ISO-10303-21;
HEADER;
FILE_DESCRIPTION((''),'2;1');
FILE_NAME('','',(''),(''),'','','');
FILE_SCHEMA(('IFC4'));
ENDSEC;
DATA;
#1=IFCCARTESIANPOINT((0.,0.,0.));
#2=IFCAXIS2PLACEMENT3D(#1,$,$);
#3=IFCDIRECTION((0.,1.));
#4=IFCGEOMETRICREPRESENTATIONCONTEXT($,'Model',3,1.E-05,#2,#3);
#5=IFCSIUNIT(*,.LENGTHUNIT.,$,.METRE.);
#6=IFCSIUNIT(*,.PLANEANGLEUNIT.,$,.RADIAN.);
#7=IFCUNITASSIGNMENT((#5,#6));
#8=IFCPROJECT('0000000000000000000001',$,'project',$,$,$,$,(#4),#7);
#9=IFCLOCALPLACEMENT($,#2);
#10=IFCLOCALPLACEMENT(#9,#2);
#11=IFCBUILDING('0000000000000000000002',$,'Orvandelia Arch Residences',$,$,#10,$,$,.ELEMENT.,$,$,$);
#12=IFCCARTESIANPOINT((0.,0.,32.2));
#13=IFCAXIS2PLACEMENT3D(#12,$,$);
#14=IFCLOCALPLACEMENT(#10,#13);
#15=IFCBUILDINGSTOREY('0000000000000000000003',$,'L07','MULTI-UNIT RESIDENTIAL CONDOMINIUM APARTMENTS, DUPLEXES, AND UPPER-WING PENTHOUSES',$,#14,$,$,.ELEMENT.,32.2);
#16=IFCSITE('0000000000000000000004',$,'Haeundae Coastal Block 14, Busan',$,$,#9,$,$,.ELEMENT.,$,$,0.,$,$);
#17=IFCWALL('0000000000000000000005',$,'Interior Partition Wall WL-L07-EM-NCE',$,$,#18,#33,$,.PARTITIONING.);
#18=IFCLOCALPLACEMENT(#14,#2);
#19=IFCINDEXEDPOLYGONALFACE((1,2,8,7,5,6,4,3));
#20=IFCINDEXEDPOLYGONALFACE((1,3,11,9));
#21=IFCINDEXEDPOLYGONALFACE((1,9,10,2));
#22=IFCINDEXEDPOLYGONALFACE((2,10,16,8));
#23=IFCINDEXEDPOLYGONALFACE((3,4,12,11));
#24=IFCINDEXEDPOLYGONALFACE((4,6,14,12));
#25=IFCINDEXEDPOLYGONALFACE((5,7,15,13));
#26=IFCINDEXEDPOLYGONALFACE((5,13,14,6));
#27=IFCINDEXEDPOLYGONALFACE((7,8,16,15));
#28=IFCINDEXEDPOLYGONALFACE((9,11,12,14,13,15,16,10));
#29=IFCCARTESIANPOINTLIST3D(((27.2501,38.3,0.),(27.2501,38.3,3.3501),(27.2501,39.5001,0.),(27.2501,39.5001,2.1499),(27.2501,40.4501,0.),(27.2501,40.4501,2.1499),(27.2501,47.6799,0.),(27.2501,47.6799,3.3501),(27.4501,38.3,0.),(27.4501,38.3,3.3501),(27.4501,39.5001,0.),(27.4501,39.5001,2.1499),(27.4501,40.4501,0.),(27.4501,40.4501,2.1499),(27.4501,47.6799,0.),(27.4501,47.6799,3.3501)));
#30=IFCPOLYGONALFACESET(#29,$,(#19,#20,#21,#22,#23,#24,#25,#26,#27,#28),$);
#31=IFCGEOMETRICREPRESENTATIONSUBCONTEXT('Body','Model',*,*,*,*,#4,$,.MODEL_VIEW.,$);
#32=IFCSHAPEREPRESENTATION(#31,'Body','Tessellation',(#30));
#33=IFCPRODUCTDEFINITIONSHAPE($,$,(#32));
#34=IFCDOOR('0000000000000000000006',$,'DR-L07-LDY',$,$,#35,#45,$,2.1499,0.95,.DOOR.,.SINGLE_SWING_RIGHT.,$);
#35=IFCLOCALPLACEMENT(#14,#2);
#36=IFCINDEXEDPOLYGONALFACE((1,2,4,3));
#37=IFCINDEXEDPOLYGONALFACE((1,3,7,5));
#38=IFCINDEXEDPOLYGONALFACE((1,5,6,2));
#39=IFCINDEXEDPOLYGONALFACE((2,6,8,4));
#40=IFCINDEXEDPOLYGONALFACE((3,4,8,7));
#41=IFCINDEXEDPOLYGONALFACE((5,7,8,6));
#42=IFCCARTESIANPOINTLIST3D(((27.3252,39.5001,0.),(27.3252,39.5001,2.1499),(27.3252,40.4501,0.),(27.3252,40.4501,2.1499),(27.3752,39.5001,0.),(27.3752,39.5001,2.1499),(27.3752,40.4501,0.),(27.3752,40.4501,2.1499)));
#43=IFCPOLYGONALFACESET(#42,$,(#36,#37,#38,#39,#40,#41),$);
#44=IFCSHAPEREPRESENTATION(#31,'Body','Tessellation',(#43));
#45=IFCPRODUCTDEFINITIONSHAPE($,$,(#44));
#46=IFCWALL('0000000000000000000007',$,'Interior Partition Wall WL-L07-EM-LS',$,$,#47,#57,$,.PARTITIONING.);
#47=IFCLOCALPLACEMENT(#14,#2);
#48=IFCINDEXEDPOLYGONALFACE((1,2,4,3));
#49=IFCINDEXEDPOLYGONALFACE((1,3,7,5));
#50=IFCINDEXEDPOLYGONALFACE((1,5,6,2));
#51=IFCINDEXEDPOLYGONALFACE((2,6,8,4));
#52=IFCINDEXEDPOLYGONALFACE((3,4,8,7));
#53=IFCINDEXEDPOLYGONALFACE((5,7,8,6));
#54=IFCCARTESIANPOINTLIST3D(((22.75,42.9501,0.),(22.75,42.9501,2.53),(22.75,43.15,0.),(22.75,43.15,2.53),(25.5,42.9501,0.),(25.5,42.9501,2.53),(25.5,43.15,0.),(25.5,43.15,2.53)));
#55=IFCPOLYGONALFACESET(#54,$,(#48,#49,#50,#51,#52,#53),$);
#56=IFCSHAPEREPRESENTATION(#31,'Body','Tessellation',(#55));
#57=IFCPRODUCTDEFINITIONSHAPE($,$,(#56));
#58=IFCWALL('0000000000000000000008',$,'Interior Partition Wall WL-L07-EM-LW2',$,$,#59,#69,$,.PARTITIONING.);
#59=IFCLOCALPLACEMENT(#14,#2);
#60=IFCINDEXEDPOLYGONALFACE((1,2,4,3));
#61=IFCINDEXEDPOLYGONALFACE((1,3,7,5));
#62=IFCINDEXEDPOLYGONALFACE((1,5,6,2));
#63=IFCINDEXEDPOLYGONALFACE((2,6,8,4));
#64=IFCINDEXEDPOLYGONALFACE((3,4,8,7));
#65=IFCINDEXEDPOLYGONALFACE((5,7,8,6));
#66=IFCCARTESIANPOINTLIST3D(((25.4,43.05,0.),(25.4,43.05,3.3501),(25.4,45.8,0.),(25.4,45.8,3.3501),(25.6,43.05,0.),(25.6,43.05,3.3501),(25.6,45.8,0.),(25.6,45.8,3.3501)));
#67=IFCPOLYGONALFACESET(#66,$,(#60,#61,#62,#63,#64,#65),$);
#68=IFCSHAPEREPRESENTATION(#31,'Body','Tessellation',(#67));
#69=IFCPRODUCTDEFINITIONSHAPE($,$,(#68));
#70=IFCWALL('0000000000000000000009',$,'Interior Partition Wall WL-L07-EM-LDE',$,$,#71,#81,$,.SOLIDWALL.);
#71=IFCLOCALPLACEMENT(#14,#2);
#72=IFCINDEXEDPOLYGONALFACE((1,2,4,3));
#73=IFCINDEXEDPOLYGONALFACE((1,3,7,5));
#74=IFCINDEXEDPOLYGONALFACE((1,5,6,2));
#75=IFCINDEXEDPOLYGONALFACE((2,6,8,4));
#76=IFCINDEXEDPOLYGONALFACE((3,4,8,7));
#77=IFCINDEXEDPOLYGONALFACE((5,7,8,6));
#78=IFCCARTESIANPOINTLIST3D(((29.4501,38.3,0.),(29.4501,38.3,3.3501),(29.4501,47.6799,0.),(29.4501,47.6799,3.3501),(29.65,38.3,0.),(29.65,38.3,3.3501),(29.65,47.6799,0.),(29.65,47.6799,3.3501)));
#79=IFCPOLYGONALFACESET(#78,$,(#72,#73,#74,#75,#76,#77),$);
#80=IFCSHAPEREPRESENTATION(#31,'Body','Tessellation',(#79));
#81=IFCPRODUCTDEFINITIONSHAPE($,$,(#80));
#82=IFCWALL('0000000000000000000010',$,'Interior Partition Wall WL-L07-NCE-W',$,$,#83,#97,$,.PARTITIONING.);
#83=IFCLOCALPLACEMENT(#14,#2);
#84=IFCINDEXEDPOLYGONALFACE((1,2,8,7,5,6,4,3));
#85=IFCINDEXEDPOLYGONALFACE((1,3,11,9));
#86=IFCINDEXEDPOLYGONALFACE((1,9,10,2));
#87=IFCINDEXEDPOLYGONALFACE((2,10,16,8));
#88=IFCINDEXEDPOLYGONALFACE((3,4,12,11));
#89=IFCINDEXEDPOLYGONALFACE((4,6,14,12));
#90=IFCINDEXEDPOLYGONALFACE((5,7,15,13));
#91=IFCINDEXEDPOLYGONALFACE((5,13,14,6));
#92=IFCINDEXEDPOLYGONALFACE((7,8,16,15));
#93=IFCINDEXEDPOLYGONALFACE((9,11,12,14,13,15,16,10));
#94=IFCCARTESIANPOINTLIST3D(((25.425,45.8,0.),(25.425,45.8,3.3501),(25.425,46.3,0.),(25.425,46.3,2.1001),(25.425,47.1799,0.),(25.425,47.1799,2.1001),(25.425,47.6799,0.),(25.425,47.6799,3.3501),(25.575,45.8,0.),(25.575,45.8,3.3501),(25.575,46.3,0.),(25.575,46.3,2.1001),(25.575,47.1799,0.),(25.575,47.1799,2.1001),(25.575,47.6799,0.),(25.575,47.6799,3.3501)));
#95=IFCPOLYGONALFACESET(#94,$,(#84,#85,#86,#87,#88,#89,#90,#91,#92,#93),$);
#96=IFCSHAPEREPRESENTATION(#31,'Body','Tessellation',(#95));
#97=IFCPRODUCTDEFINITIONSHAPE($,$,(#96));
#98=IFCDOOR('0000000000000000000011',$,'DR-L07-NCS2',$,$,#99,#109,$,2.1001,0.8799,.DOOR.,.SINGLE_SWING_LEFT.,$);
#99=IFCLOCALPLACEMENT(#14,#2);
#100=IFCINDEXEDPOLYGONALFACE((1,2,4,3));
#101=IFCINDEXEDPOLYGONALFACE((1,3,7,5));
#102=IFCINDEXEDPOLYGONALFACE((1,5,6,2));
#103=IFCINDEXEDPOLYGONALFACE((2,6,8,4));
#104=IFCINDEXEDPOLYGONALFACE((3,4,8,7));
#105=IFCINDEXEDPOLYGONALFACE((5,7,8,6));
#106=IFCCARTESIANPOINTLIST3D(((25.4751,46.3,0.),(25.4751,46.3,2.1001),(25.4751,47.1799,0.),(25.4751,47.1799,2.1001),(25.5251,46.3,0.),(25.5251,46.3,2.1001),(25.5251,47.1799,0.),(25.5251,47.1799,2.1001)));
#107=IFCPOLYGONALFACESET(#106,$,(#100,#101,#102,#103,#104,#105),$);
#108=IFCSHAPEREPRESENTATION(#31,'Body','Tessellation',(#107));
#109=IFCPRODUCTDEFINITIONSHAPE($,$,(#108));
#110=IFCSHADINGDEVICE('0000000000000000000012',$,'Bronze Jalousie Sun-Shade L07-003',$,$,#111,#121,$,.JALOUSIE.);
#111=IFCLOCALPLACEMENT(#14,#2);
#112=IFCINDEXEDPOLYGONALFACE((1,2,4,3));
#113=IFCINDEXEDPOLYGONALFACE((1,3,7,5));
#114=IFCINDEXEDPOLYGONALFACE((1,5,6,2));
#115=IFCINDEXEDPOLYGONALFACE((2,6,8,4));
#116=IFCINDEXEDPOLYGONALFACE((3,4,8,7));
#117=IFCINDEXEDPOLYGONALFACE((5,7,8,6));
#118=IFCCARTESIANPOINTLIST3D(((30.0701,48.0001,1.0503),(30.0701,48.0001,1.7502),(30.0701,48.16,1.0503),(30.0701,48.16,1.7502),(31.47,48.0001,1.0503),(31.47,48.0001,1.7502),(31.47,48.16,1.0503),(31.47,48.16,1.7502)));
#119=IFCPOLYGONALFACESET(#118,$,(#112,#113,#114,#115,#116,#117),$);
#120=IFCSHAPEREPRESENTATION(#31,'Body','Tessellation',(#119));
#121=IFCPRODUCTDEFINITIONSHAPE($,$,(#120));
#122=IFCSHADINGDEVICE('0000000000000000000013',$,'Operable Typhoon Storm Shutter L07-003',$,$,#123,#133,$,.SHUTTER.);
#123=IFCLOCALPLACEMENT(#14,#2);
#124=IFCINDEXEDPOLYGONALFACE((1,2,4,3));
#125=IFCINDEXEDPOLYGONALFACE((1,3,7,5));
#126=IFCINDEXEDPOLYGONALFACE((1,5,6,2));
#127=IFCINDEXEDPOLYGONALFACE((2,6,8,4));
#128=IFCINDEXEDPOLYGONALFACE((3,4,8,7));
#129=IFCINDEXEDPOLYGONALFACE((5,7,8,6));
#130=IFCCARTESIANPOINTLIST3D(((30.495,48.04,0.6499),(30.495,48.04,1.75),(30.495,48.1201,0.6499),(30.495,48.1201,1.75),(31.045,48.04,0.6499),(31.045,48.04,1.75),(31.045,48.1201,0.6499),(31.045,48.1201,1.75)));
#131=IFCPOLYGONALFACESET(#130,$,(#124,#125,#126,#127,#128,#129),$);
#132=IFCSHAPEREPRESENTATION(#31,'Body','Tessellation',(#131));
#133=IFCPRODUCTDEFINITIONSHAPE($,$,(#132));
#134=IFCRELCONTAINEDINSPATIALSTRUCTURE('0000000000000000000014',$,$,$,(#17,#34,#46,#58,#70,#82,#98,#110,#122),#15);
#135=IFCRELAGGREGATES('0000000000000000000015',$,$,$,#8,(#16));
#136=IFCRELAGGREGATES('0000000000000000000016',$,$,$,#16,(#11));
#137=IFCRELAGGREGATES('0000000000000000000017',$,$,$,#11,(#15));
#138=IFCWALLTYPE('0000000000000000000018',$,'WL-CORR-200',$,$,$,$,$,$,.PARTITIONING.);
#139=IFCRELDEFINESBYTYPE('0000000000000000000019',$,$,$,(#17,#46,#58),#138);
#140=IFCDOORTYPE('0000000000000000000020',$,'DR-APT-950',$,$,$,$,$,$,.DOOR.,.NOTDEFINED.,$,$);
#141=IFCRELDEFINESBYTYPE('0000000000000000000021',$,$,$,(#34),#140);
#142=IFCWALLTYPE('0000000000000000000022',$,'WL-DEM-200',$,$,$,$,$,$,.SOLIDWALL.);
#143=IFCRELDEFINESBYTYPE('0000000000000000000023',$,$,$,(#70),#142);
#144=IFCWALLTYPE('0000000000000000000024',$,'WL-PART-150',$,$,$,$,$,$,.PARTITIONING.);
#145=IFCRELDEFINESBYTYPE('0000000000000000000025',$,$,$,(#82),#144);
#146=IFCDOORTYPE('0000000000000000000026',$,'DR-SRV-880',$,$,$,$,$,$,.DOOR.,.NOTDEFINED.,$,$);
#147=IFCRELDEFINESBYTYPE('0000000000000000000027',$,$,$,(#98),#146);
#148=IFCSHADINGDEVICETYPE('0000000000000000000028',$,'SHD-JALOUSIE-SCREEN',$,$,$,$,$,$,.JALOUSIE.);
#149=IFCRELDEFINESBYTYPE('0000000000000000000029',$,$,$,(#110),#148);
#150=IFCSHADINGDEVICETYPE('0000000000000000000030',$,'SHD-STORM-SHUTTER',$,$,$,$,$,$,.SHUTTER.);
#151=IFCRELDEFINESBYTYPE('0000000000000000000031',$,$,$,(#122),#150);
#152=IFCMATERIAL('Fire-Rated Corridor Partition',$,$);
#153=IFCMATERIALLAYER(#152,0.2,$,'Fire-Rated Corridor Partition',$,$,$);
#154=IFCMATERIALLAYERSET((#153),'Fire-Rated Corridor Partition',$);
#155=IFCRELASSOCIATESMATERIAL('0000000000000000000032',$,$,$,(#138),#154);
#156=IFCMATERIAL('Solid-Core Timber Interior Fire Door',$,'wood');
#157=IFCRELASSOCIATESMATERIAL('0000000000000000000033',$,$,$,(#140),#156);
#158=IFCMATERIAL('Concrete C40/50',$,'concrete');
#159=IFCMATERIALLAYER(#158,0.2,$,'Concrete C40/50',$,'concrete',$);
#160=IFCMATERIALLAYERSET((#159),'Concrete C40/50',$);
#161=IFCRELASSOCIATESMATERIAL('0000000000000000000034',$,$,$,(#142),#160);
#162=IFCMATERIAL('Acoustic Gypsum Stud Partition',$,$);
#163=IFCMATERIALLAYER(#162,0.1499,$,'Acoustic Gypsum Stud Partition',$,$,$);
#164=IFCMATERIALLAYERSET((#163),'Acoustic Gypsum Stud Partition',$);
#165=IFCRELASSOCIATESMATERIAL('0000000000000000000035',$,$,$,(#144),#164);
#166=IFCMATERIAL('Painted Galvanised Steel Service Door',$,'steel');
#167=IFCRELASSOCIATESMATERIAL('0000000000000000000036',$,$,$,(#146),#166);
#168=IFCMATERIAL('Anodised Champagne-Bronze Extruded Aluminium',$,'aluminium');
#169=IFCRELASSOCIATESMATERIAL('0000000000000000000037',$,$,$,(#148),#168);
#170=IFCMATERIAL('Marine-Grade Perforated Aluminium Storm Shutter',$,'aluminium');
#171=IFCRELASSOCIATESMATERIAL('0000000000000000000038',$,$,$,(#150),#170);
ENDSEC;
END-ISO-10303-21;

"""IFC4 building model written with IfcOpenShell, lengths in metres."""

from ifc_helpers import new_model, si_unit, direction, frame, frame_2d, origin, origin_2d, place, context, subcontext, project, spatial, rectangle, extrude, material, layer, layer_set, type_object, element, fill, save


model = new_model("IFC4")

# Units and contexts
model_context = context("Model", 3, precision=1e-05, world=origin(), true_north=direction((0.0, 1.0)))
body_context = subcontext(model_context, "Body", "Model", "MODEL_VIEW")
ifc_project = project(units=[si_unit("LENGTHUNIT", "METRE"), si_unit("PLANEANGLEUNIT", "RADIAN")], contexts=[model_context])

# Site, building, storey
site_placement = place(None, origin())
site = spatial("IfcSite", under=ifc_project, at=site_placement, Name="Haeundae Coastal Block 14, Busan", CompositionType="ELEMENT", RefElevation=0.0)
building_placement = place(site_placement, origin())
building = spatial("IfcBuilding", under=site, at=building_placement, Name="Orvandelia Arch Residences", CompositionType="ELEMENT")
storey_placement = place(building_placement, frame((0.0, 0.0, 32.2)))
storey = spatial("IfcBuildingStorey", under=building, at=storey_placement, Name="L07", Description="MULTI-UNIT RESIDENTIAL CONDOMINIUM APARTMENTS, DUPLEXES, AND UPPER-WING PENTHOUSES", CompositionType="ELEMENT", Elevation=32.2)

# Shared definitions
ifc_material_1 = material(Name="Fire-Rated Corridor Partition")
ifc_layer_1 = layer(ifc_material_1, 0.2, Name="Fire-Rated Corridor Partition")
ifc_layer_set_1 = layer_set([ifc_layer_1], Name="Fire-Rated Corridor Partition")
wall_type_1 = type_object("IfcWallType", Name="WL-CORR-200", PredefinedType="PARTITIONING", material=ifc_layer_set_1)

# Wall, opening, door
wall_1_placement = place(storey_placement, frame((27.3501, 38.3, 0.0), z_axis=(0.0, 0.0, 1.0), x_axis=(0.0, 1.0, 0.0)))
wall_1 = element("IfcWall", 1, at=wall_1_placement, inside=storey, type_object=wall_type_1, Name="Interior Partition Wall WL-L07-EM-NCE", PredefinedType="PARTITIONING", context=body_context, shape_type="SweptSolid", body=[
    extrude(rectangle(XDim=9.3799, YDim=0.2, at=frame_2d((4.6899, 0.0))), origin(), (0.0, 0.0, 1.0), 3.3501),
])
opening_1_placement = place(wall_1_placement, frame((1.2, 0.0, 0.0)))
opening_1 = element("IfcOpeningElement", 2, at=opening_1_placement, cuts=wall_1, PredefinedType="OPENING", context=body_context, shape_type="SweptSolid", body=[
    extrude(rectangle(XDim=0.95, YDim=2.1499, at=frame_2d((0.4751, 1.075))), frame((0.0, 0.1099, 0.0), z_axis=(0.0, -1.0, 0.0), x_axis=(1.0, 0.0, 0.0)), (0.0, 0.0, 1.0), 0.22),
])
ifc_material_2 = material(Name="Solid-Core Timber Interior Fire Door", Category="wood")
door_type_1 = type_object("IfcDoorType", Name="DR-APT-950", OperationType="NOTDEFINED", PredefinedType="DOOR", material=ifc_material_2)
door_1_placement = place(opening_1_placement, origin())
door_1 = element("IfcDoor", 3, at=door_1_placement, inside=storey, type_object=door_type_1, Name="DR-L07-LDY", OperationType="SINGLE_SWING_RIGHT", OverallHeight=2.1499, OverallWidth=0.95, PredefinedType="DOOR", context=body_context, shape_type="SweptSolid", body=[
    extrude(rectangle(XDim=0.95, YDim=2.1499, at=frame_2d((0.4751, 1.075))), frame((0.0, 0.0249, 0.0), z_axis=(0.0, -1.0, 0.0), x_axis=(1.0, 0.0, 0.0)), (0.0, 0.0, 1.0), 0.05),
])
fill(opening_1, door_1)

# Walls
wall_2_placement = place(storey_placement, frame((22.75, 43.05, 0.0), z_axis=(0.0, 0.0, 1.0), x_axis=(1.0, 0.0, 0.0)))
element("IfcWall", 4, at=wall_2_placement, inside=storey, type_object=wall_type_1, Name="Interior Partition Wall WL-L07-EM-LS", PredefinedType="PARTITIONING", context=body_context, shape_type="SweptSolid", body=[
    extrude(rectangle(XDim=2.75, YDim=0.2, at=frame_2d((1.375, 0.0))), origin(), (0.0, 0.0, 1.0), 2.53),
])
wall_3_placement = place(storey_placement, frame((25.5, 43.05, 0.0), z_axis=(0.0, 0.0, 1.0), x_axis=(0.0, 1.0, 0.0)))
element("IfcWall", 5, at=wall_3_placement, inside=storey, type_object=wall_type_1, Name="Interior Partition Wall WL-L07-EM-LW2", PredefinedType="PARTITIONING", context=body_context, shape_type="SweptSolid", body=[
    extrude(rectangle(XDim=2.75, YDim=0.2, at=frame_2d((1.375, 0.0))), origin(), (0.0, 0.0, 1.0), 3.3501),
])
ifc_material_3 = material(Name="Concrete C40/50", Category="concrete")
ifc_layer_2 = layer(ifc_material_3, 0.2, Name="Concrete C40/50", Category="concrete")
ifc_layer_set_2 = layer_set([ifc_layer_2], Name="Concrete C40/50")
wall_type_2 = type_object("IfcWallType", Name="WL-DEM-200", PredefinedType="SOLIDWALL", material=ifc_layer_set_2)
wall_4_placement = place(storey_placement, frame((29.55, 38.3, 0.0), z_axis=(0.0, 0.0, 1.0), x_axis=(0.0, 1.0, 0.0)))
element("IfcWall", 6, at=wall_4_placement, inside=storey, type_object=wall_type_2, Name="Interior Partition Wall WL-L07-EM-LDE", PredefinedType="SOLIDWALL", context=body_context, shape_type="SweptSolid", body=[
    extrude(rectangle(XDim=9.3799, YDim=0.2, at=frame_2d((4.6899, 0.0))), origin(), (0.0, 0.0, 1.0), 3.3501),
])

# Wall, opening, door
ifc_material_4 = material(Name="Acoustic Gypsum Stud Partition")
ifc_layer_3 = layer(ifc_material_4, 0.1499, Name="Acoustic Gypsum Stud Partition")
ifc_layer_set_3 = layer_set([ifc_layer_3], Name="Acoustic Gypsum Stud Partition")
wall_type_3 = type_object("IfcWallType", Name="WL-PART-150", PredefinedType="PARTITIONING", material=ifc_layer_set_3)
wall_5_placement = place(storey_placement, frame((25.5, 45.8, 0.0), z_axis=(0.0, 0.0, 1.0), x_axis=(0.0, 1.0, 0.0)))
wall_5 = element("IfcWall", 7, at=wall_5_placement, inside=storey, type_object=wall_type_3, Name="Interior Partition Wall WL-L07-NCE-W", PredefinedType="PARTITIONING", context=body_context, shape_type="SweptSolid", body=[
    extrude(rectangle(XDim=1.8799, YDim=0.1499, at=frame_2d((0.9399, 0.0))), origin(), (0.0, 0.0, 1.0), 3.3501),
])
opening_2_placement = place(wall_5_placement, frame((0.5, 0.0, 0.0)))
opening_2 = element("IfcOpeningElement", 8, at=opening_2_placement, cuts=wall_5, PredefinedType="OPENING", context=body_context, shape_type="SweptSolid", body=[
    extrude(rectangle(XDim=0.8799, YDim=2.1001, at=frame_2d((0.4399, 1.05))), frame((0.0, 0.085, 0.0), z_axis=(0.0, -1.0, 0.0), x_axis=(1.0, 0.0, 0.0)), (0.0, 0.0, 1.0), 0.1699),
])
ifc_material_5 = material(Name="Painted Galvanised Steel Service Door", Category="steel")
door_type_2 = type_object("IfcDoorType", Name="DR-SRV-880", OperationType="NOTDEFINED", PredefinedType="DOOR", material=ifc_material_5)
door_2_placement = place(opening_2_placement, origin())
door_2 = element("IfcDoor", 9, at=door_2_placement, inside=storey, type_object=door_type_2, Name="DR-L07-NCS2", OperationType="SINGLE_SWING_LEFT", OverallHeight=2.1001, OverallWidth=0.8799, PredefinedType="DOOR", context=body_context, shape_type="SweptSolid", body=[
    extrude(rectangle(XDim=0.8799, YDim=2.1001, at=frame_2d((0.4399, 1.05))), frame((0.0, 0.0249, 0.0), z_axis=(0.0, -1.0, 0.0), x_axis=(1.0, 0.0, 0.0)), (0.0, 0.0, 1.0), 0.05),
])
fill(opening_2, door_2)

# Shading devices
ifc_material_6 = material(Name="Anodised Champagne-Bronze Extruded Aluminium", Category="aluminium")
shading_device_type_1 = type_object("IfcShadingDeviceType", Name="SHD-JALOUSIE-SCREEN", PredefinedType="JALOUSIE", material=ifc_material_6)
shading_device_1_placement = place(storey_placement, frame((30.77, 48.0801, 1.0503), z_axis=(0.0, 0.0, 1.0), x_axis=(1.0, 0.0, 0.0)))
element("IfcShadingDevice", 10, at=shading_device_1_placement, inside=storey, type_object=shading_device_type_1, Name="Bronze Jalousie Sun-Shade L07-003", PredefinedType="JALOUSIE", context=body_context, shape_type="SweptSolid", body=[
    extrude(rectangle(XDim=1.3999, YDim=0.1599, at=origin_2d()), origin(), (0.0, 0.0, 1.0), 0.7),
])
ifc_material_7 = material(Name="Marine-Grade Perforated Aluminium Storm Shutter", Category="aluminium")
shading_device_type_2 = type_object("IfcShadingDeviceType", Name="SHD-STORM-SHUTTER", PredefinedType="SHUTTER", material=ifc_material_7)
shading_device_2_placement = place(storey_placement, frame((30.77, 48.0801, 0.6499), z_axis=(0.0, 0.0, 1.0), x_axis=(1.0, 0.0, 0.0)))
element("IfcShadingDevice", 11, at=shading_device_2_placement, inside=storey, type_object=shading_device_type_2, Name="Operable Typhoon Storm Shutter L07-003", PredefinedType="SHUTTER", context=body_context, shape_type="SweptSolid", body=[
    extrude(rectangle(XDim=0.55, YDim=0.0801, at=origin_2d()), origin(), (0.0, 0.0, 1.0), 1.1001),
])

save(model, "model.ifc")
